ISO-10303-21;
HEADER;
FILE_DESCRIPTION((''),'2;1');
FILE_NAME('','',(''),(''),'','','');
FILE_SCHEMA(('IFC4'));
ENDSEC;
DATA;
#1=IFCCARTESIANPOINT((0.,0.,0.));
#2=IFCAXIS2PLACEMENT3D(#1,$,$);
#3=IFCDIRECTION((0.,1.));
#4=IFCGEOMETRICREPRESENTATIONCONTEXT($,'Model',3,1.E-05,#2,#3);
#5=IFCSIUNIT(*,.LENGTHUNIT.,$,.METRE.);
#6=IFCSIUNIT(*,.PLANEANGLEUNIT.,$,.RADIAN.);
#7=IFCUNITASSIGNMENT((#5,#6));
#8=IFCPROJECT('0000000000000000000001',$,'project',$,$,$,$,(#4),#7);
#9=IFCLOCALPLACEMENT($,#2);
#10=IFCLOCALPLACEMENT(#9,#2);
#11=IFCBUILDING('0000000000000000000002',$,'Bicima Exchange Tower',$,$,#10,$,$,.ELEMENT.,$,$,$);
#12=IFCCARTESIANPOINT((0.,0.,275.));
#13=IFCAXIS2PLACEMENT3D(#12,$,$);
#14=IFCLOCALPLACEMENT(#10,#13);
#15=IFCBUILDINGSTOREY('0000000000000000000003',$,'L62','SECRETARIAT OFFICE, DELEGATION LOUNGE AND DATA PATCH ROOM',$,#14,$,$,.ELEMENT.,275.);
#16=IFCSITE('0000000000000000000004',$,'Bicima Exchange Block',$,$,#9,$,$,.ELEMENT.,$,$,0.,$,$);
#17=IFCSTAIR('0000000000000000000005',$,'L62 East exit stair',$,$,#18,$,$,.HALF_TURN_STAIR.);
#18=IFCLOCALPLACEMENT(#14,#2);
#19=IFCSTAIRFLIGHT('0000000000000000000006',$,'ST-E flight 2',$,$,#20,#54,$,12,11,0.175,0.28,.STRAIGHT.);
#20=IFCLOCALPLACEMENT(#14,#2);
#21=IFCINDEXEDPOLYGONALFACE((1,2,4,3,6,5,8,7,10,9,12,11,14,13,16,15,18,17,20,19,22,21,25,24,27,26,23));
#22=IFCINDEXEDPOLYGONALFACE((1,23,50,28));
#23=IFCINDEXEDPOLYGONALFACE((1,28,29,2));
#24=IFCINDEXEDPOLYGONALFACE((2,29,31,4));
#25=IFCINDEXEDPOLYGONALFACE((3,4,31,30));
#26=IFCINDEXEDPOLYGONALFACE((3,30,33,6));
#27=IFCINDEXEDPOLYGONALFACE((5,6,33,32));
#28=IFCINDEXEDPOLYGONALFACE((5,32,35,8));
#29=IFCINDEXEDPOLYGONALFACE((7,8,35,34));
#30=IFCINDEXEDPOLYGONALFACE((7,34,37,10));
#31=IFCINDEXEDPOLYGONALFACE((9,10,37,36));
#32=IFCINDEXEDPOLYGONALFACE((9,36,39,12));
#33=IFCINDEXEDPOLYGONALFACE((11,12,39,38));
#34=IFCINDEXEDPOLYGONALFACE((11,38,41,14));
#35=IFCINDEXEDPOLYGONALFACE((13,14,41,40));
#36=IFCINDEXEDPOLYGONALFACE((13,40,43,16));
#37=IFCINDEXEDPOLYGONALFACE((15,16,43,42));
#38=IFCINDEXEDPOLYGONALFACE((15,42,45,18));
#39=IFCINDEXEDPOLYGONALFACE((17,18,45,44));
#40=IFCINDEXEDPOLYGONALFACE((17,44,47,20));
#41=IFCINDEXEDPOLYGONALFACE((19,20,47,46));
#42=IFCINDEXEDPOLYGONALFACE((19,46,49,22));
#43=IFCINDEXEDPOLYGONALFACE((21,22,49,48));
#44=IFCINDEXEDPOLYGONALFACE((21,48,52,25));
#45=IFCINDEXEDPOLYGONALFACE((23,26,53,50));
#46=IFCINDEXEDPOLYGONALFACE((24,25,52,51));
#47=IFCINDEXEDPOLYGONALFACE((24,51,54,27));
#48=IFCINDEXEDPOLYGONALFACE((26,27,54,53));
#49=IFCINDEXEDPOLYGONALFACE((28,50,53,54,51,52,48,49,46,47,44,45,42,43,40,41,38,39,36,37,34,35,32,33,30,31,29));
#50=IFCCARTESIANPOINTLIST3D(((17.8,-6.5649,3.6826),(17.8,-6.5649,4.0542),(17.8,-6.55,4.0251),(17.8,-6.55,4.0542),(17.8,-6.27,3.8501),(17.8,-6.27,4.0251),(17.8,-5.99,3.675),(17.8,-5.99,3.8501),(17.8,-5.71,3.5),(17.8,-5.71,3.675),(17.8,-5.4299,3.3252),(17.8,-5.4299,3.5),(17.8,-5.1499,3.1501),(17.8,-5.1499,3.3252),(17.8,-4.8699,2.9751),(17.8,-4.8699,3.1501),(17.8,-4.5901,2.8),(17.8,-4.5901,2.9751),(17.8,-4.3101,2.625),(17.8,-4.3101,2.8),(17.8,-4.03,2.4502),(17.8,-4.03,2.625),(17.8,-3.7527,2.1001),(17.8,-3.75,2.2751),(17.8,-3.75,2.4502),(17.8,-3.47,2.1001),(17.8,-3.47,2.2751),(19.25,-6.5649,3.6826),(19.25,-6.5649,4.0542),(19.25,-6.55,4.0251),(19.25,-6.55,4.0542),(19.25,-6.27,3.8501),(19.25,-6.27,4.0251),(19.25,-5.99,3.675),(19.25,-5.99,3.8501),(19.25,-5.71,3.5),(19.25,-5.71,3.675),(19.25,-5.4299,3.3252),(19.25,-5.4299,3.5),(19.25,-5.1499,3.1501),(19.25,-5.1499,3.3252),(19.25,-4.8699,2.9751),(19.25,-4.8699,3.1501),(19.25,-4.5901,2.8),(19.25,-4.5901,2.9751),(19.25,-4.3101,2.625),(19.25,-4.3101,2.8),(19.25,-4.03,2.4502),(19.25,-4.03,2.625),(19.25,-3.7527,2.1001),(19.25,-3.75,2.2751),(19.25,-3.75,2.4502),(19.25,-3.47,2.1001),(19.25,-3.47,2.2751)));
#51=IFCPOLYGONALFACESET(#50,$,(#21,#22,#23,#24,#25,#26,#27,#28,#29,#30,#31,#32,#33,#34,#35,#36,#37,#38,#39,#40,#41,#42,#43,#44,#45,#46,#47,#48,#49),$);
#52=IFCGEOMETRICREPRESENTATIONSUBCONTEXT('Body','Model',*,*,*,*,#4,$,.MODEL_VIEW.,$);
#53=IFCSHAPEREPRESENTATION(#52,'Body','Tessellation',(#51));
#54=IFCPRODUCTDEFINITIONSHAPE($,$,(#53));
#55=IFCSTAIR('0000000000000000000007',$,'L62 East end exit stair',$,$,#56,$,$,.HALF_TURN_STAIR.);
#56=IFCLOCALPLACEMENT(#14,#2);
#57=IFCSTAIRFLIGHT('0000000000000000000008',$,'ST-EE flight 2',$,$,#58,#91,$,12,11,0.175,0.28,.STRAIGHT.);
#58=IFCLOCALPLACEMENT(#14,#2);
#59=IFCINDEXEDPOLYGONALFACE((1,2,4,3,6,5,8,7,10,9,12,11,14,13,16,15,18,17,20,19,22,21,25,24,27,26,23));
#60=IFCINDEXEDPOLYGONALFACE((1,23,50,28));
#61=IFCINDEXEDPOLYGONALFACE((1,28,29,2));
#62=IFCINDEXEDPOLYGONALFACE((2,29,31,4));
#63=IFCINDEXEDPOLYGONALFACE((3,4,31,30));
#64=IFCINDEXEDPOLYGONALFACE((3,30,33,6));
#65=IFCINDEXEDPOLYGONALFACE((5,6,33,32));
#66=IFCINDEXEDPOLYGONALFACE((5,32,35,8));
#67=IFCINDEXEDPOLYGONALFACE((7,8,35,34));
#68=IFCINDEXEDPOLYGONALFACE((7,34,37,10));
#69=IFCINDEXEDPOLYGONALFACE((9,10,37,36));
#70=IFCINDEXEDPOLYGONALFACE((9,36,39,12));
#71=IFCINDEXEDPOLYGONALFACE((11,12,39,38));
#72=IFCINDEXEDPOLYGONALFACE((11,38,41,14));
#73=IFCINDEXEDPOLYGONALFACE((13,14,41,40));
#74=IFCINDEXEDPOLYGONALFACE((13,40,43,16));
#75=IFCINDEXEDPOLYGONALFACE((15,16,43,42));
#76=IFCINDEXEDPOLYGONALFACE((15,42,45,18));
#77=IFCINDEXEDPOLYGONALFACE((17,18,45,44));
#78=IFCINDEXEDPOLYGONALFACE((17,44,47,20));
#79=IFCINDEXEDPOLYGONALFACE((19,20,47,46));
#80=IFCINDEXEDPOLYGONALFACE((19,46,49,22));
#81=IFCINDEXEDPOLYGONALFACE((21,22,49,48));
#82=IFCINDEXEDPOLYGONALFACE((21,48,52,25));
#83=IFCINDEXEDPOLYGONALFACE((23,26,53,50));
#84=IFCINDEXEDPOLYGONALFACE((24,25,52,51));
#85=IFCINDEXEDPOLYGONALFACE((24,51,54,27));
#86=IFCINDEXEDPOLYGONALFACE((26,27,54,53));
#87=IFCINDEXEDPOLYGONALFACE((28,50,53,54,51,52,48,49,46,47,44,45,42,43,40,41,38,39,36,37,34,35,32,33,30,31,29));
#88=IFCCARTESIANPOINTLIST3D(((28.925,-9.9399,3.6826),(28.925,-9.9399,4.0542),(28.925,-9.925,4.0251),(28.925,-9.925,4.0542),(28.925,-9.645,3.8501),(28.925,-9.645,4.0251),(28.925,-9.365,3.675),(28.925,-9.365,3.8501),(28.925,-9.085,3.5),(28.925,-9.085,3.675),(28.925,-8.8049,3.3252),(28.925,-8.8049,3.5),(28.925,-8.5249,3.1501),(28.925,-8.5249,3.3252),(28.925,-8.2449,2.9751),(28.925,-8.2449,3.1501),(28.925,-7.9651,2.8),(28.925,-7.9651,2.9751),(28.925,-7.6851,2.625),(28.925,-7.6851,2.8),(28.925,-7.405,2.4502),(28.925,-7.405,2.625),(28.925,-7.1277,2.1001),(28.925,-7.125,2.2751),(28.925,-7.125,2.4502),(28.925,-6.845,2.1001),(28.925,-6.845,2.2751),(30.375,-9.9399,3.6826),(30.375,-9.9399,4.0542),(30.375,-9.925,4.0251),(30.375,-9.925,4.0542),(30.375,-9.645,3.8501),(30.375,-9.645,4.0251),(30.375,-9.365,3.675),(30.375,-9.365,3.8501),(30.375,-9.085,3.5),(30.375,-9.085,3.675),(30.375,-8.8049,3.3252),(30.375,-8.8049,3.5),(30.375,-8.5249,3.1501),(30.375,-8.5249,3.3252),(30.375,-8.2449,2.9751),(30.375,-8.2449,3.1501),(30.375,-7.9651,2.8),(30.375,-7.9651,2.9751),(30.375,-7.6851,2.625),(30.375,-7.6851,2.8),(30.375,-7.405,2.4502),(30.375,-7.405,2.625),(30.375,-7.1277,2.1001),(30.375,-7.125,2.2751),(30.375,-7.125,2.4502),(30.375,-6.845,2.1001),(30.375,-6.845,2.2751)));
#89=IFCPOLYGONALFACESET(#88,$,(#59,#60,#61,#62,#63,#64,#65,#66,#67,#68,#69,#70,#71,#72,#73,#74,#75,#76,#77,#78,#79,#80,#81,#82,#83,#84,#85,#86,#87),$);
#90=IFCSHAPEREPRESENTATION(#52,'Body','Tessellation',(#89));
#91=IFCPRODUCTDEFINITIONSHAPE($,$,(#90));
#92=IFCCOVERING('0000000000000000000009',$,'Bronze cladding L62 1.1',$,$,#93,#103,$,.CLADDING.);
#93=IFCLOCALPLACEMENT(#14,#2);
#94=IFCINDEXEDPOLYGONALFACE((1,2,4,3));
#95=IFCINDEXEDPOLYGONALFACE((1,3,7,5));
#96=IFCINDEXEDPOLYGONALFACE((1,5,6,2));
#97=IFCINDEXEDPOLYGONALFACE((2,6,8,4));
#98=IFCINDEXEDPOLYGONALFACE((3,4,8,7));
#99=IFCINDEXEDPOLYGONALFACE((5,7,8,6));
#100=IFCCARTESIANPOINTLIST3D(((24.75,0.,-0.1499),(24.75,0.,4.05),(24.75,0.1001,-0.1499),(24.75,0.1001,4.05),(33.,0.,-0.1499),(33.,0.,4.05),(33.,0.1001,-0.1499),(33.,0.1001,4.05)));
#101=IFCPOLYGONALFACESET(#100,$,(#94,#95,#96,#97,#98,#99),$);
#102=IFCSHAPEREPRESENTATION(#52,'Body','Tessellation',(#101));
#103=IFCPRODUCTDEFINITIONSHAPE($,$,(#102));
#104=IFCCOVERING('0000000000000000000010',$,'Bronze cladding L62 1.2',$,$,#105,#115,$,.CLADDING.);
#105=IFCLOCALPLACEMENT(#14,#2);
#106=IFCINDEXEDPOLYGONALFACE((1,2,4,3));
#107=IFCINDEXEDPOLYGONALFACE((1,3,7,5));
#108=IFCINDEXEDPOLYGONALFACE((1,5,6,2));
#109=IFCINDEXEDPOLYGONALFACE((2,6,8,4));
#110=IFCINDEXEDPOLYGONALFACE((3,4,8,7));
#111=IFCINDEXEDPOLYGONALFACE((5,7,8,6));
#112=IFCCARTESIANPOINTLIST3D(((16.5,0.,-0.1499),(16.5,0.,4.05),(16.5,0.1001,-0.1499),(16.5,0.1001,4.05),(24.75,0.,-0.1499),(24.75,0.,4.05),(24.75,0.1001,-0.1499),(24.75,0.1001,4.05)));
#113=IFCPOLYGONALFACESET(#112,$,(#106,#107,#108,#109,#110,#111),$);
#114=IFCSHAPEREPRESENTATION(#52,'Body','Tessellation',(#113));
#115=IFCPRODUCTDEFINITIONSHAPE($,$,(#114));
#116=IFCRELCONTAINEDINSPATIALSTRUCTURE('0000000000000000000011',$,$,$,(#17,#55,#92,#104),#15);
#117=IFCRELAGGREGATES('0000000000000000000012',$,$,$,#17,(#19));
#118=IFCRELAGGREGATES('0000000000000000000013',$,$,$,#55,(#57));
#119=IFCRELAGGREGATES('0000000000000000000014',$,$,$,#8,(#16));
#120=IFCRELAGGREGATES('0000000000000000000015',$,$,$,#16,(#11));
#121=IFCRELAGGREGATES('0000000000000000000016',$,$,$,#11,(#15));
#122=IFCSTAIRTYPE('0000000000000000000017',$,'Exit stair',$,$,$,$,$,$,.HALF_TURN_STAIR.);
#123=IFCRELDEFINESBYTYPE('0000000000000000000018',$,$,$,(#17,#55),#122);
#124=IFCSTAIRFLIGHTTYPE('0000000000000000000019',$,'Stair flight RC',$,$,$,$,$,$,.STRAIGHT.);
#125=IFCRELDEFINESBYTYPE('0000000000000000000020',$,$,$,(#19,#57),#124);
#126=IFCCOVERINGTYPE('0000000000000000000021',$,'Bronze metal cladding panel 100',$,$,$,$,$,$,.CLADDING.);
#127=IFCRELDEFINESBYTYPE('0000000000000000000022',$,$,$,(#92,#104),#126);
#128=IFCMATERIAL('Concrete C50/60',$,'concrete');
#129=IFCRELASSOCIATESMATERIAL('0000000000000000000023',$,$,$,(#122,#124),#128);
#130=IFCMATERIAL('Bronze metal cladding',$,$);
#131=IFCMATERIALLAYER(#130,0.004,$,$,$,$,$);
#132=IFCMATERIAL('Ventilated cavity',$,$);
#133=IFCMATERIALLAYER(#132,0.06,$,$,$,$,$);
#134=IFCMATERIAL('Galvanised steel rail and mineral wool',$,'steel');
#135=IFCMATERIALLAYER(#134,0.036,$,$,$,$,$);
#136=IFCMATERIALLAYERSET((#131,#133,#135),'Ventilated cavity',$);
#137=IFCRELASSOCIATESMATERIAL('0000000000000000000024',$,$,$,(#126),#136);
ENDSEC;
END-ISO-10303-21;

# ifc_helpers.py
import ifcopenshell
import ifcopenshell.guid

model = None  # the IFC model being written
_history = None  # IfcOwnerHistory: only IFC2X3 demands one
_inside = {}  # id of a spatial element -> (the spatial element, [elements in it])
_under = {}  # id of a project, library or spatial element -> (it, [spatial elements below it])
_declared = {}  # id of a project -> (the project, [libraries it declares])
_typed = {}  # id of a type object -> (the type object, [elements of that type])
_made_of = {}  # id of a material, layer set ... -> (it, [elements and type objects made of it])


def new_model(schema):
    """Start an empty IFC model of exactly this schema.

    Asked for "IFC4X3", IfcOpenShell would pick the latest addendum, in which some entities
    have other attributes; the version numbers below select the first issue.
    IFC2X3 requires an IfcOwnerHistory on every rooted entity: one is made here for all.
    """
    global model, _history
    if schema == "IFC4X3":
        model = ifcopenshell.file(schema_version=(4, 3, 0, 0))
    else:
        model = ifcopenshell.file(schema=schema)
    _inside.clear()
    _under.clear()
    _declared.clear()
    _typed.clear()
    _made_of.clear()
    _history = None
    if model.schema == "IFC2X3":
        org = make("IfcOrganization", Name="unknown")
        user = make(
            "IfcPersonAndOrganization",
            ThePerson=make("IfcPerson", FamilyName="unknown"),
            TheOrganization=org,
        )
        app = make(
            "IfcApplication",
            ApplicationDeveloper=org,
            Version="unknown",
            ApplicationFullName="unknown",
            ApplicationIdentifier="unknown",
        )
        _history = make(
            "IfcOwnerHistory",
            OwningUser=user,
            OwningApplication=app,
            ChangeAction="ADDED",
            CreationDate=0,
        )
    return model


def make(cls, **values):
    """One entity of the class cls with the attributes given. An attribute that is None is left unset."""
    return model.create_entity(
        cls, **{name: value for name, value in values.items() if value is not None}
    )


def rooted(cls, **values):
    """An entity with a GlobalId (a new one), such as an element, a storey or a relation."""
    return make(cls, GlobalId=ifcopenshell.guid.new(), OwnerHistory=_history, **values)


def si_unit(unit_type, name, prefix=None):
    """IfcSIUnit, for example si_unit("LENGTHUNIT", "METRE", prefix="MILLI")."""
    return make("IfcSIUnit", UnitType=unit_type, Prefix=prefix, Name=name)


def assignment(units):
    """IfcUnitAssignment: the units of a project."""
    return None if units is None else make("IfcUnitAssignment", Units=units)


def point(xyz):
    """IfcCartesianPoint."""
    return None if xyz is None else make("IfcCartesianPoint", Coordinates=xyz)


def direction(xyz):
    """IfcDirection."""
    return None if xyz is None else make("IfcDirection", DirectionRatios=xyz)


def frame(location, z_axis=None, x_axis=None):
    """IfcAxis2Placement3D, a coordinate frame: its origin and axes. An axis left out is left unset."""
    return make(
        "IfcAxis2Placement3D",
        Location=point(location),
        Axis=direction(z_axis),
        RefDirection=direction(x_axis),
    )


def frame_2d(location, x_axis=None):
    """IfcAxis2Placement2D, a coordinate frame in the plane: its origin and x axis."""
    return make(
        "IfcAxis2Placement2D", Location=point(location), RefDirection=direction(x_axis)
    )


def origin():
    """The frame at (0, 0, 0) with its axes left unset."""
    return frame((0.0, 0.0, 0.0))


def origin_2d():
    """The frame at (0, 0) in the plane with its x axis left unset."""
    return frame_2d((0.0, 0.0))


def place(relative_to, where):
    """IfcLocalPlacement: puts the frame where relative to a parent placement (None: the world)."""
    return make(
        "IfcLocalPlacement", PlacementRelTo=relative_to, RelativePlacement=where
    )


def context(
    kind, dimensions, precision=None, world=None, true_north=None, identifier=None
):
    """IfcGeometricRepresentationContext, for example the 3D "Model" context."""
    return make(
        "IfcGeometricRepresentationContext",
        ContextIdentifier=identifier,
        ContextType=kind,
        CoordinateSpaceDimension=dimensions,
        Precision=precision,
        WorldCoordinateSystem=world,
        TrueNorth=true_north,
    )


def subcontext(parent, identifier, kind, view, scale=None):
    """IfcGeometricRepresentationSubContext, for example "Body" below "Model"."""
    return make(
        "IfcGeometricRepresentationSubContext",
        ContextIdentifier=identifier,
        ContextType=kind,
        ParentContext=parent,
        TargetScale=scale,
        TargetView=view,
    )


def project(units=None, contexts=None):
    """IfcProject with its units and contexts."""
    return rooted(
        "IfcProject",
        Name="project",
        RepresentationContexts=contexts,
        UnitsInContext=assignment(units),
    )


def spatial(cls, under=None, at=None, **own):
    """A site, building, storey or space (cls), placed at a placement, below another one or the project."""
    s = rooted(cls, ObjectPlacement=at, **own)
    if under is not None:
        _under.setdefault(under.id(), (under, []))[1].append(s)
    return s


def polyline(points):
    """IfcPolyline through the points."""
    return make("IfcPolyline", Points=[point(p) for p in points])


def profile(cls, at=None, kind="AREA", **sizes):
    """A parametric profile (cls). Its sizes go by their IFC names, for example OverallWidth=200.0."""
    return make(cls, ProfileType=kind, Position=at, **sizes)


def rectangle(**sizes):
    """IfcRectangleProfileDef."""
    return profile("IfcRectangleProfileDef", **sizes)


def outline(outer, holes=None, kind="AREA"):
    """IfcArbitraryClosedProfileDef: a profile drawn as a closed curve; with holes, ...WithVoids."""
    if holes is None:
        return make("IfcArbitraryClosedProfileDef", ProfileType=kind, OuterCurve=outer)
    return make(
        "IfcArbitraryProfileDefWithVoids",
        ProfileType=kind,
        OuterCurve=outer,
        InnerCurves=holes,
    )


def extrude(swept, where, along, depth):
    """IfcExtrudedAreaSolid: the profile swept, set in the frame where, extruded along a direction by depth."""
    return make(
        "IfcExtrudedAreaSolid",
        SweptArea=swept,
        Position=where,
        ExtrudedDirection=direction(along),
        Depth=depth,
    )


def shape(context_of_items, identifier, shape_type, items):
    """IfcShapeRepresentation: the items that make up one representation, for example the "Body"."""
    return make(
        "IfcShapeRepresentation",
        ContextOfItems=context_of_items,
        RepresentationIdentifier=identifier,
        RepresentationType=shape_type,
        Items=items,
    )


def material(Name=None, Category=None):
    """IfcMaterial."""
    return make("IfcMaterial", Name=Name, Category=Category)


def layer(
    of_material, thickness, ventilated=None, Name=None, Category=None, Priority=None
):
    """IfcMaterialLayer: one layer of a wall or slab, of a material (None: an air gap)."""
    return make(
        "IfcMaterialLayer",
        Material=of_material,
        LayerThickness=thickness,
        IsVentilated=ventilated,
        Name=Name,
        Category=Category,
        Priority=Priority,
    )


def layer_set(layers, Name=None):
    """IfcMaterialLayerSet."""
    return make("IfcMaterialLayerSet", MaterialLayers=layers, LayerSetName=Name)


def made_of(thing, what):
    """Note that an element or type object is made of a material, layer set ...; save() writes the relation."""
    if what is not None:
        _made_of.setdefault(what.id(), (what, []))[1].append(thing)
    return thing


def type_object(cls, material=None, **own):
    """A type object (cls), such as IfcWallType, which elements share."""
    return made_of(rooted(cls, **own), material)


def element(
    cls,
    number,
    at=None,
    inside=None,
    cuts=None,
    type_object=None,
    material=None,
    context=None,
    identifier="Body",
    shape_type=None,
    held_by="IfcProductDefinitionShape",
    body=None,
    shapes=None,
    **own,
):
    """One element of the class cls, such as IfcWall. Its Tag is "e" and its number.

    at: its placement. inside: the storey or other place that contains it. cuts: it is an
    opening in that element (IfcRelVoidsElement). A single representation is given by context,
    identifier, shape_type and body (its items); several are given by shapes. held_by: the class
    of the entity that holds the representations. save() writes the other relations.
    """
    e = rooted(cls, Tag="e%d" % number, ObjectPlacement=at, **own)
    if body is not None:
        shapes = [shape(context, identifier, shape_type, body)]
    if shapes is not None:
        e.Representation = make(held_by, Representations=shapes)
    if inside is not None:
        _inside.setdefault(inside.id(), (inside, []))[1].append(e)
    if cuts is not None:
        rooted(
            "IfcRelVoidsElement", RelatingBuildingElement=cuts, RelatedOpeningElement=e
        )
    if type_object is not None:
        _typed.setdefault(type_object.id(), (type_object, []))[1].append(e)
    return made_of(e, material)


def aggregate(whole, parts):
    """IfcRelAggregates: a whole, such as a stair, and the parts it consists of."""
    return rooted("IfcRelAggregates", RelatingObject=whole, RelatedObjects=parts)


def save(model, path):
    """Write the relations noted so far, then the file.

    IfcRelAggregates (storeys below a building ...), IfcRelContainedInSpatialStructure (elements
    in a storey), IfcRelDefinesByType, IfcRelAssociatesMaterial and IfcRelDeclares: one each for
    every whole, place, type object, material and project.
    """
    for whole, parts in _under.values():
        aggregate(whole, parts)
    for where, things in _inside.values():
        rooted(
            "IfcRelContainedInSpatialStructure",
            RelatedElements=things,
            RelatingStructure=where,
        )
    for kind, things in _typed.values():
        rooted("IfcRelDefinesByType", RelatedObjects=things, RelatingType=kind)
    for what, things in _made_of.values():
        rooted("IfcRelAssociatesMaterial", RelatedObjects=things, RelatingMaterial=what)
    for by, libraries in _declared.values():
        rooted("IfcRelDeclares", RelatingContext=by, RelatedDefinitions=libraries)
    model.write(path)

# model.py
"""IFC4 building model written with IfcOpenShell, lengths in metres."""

from ifc_helpers import new_model, si_unit, direction, frame, origin, origin_2d, place, context, subcontext, project, spatial, polyline, rectangle, outline, extrude, material, layer, layer_set, type_object, element, aggregate, save


model = new_model("IFC4")

# Units and contexts
model_context = context("Model", 3, precision=1e-05, world=origin(), true_north=direction((0.0, 1.0)))
body_context = subcontext(model_context, "Body", "Model", "MODEL_VIEW")
ifc_project = project(units=[si_unit("LENGTHUNIT", "METRE"), si_unit("PLANEANGLEUNIT", "RADIAN")], contexts=[model_context])

# Site, building, storey
site_placement = place(None, origin())
site = spatial("IfcSite", under=ifc_project, at=site_placement, Name="Bicima Exchange Block", CompositionType="ELEMENT", RefElevation=0.0)
building_placement = place(site_placement, origin())
building = spatial("IfcBuilding", under=site, at=building_placement, Name="Bicima Exchange Tower", CompositionType="ELEMENT")
storey_placement = place(building_placement, frame((0.0, 0.0, 275.0)))
storey = spatial("IfcBuildingStorey", under=building, at=storey_placement, Name="L62", Description="SECRETARIAT OFFICE, DELEGATION LOUNGE AND DATA PATCH ROOM", CompositionType="ELEMENT", Elevation=275.0)

# Shared definitions
ifc_material_1 = material(Name="Concrete C50/60", Category="concrete")

# Stair, stair flight
stair_type = type_object("IfcStairType", Name="Exit stair", PredefinedType="HALF_TURN_STAIR", material=ifc_material_1)
stair_1_placement = place(storey_placement, origin())
stair_1 = element("IfcStair", 1, at=stair_1_placement, inside=storey, type_object=stair_type, Name="L62 East exit stair", PredefinedType="HALF_TURN_STAIR")
stair_flight_type = type_object("IfcStairFlightType", Name="Stair flight RC", PredefinedType="STRAIGHT", material=ifc_material_1)
stair_flight_1_placement = place(storey_placement, frame((18.5249, -3.47, 2.1001), z_axis=(0.0, 0.0, 1.0), x_axis=(0.0, -1.0, 0.0)))
stair_flight_1 = element("IfcStairFlight", 2, at=stair_flight_1_placement, type_object=stair_flight_type, Name="ST-E flight 2", NumberOfRisers=12, NumberOfTreads=11, PredefinedType="STRAIGHT", RiserHeight=0.175, TreadLength=0.28, context=body_context, shape_type="SweptSolid", body=[
    extrude(outline(polyline([(0.0, 0.0), (0.0, 0.175), (0.28, 0.175), (0.28, 0.3501), (0.5601, 0.3501), (0.5601, 0.5249), (0.8401, 0.5249), (0.8401, 0.7), (1.1201, 0.7), (1.1201, 0.875), (1.3999, 0.875), (1.3999, 1.05), (1.6799, 1.05), (1.6799, 1.2251), (1.96, 1.2251), (1.96, 1.3999), (2.24, 1.3999), (2.24, 1.575), (2.52, 1.575), (2.52, 1.75), (2.8, 1.75), (2.8, 1.925), (3.0801, 1.925), (3.0801, 1.9541), (3.095, 1.9541), (3.095, 1.5825), (0.2827, 0.0), (0.0, 0.0)])), frame((0.0, 0.7251, 0.0), z_axis=(0.0, -1.0, 0.0), x_axis=(1.0, 0.0, 0.0)), (0.0, 0.0, 1.0), 1.45),
])
aggregate(stair_1, [stair_flight_1])

# Stair, stair flight
stair_2_placement = place(storey_placement, origin())
stair_2 = element("IfcStair", 3, at=stair_2_placement, inside=storey, type_object=stair_type, Name="L62 East end exit stair", PredefinedType="HALF_TURN_STAIR")
stair_flight_2_placement = place(storey_placement, frame((29.6499, -6.845, 2.1001), z_axis=(0.0, 0.0, 1.0), x_axis=(0.0, -1.0, 0.0)))
stair_flight_2 = element("IfcStairFlight", 4, at=stair_flight_2_placement, type_object=stair_flight_type, Name="ST-EE flight 2", NumberOfRisers=12, NumberOfTreads=11, PredefinedType="STRAIGHT", RiserHeight=0.175, TreadLength=0.28, context=body_context, shape_type="SweptSolid", body=[
    extrude(outline(polyline([(0.0, 0.0), (0.0, 0.175), (0.28, 0.175), (0.28, 0.3501), (0.5601, 0.3501), (0.5601, 0.5249), (0.8401, 0.5249), (0.8401, 0.7), (1.1201, 0.7), (1.1201, 0.875), (1.3999, 0.875), (1.3999, 1.05), (1.6799, 1.05), (1.6799, 1.2251), (1.96, 1.2251), (1.96, 1.3999), (2.24, 1.3999), (2.24, 1.575), (2.52, 1.575), (2.52, 1.75), (2.8, 1.75), (2.8, 1.925), (3.0801, 1.925), (3.0801, 1.9541), (3.095, 1.9541), (3.095, 1.5825), (0.2827, 0.0), (0.0, 0.0)])), frame((0.0, 0.7251, 0.0), z_axis=(0.0, -1.0, 0.0), x_axis=(1.0, 0.0, 0.0)), (0.0, 0.0, 1.0), 1.45),
])
aggregate(stair_2, [stair_flight_2])

# Coverings
ifc_material_2 = material(Name="Bronze metal cladding")
ifc_layer_1 = layer(ifc_material_2, 0.004)
ifc_material_3 = material(Name="Ventilated cavity")
ifc_layer_2 = layer(ifc_material_3, 0.06)
ifc_material_4 = material(Name="Galvanised steel rail and mineral wool", Category="steel")
ifc_layer_3 = layer(ifc_material_4, 0.036)
ifc_layer_set_1 = layer_set([ifc_layer_1, ifc_layer_2, ifc_layer_3], Name="Ventilated cavity")
covering_type = type_object("IfcCoveringType", Name="Bronze metal cladding panel 100", PredefinedType="CLADDING", material=ifc_layer_set_1)
for number, where, z_axis, x_axis, name in (
    (5, (28.875, 0.05, -0.1499), (0.0, 0.0, 1.0), (-1.0, 0.0, 0.0), "Bronze cladding L62 1.1"),
    (6, (20.625, 0.05, -0.1499), (0.0, 0.0, 1.0), (-1.0, 0.0, 0.0), "Bronze cladding L62 1.2"),
):
    element("IfcCovering", number, at=place(storey_placement, frame(where, z_axis=z_axis, x_axis=x_axis)), inside=storey, type_object=covering_type, Name=name, PredefinedType="CLADDING", context=body_context, shape_type="SweptSolid", body=[
        extrude(rectangle(XDim=8.25, YDim=0.1001, at=origin_2d()), origin(), (0.0, 0.0, 1.0), 4.2),
    ])

save(model, "model.ifc")
